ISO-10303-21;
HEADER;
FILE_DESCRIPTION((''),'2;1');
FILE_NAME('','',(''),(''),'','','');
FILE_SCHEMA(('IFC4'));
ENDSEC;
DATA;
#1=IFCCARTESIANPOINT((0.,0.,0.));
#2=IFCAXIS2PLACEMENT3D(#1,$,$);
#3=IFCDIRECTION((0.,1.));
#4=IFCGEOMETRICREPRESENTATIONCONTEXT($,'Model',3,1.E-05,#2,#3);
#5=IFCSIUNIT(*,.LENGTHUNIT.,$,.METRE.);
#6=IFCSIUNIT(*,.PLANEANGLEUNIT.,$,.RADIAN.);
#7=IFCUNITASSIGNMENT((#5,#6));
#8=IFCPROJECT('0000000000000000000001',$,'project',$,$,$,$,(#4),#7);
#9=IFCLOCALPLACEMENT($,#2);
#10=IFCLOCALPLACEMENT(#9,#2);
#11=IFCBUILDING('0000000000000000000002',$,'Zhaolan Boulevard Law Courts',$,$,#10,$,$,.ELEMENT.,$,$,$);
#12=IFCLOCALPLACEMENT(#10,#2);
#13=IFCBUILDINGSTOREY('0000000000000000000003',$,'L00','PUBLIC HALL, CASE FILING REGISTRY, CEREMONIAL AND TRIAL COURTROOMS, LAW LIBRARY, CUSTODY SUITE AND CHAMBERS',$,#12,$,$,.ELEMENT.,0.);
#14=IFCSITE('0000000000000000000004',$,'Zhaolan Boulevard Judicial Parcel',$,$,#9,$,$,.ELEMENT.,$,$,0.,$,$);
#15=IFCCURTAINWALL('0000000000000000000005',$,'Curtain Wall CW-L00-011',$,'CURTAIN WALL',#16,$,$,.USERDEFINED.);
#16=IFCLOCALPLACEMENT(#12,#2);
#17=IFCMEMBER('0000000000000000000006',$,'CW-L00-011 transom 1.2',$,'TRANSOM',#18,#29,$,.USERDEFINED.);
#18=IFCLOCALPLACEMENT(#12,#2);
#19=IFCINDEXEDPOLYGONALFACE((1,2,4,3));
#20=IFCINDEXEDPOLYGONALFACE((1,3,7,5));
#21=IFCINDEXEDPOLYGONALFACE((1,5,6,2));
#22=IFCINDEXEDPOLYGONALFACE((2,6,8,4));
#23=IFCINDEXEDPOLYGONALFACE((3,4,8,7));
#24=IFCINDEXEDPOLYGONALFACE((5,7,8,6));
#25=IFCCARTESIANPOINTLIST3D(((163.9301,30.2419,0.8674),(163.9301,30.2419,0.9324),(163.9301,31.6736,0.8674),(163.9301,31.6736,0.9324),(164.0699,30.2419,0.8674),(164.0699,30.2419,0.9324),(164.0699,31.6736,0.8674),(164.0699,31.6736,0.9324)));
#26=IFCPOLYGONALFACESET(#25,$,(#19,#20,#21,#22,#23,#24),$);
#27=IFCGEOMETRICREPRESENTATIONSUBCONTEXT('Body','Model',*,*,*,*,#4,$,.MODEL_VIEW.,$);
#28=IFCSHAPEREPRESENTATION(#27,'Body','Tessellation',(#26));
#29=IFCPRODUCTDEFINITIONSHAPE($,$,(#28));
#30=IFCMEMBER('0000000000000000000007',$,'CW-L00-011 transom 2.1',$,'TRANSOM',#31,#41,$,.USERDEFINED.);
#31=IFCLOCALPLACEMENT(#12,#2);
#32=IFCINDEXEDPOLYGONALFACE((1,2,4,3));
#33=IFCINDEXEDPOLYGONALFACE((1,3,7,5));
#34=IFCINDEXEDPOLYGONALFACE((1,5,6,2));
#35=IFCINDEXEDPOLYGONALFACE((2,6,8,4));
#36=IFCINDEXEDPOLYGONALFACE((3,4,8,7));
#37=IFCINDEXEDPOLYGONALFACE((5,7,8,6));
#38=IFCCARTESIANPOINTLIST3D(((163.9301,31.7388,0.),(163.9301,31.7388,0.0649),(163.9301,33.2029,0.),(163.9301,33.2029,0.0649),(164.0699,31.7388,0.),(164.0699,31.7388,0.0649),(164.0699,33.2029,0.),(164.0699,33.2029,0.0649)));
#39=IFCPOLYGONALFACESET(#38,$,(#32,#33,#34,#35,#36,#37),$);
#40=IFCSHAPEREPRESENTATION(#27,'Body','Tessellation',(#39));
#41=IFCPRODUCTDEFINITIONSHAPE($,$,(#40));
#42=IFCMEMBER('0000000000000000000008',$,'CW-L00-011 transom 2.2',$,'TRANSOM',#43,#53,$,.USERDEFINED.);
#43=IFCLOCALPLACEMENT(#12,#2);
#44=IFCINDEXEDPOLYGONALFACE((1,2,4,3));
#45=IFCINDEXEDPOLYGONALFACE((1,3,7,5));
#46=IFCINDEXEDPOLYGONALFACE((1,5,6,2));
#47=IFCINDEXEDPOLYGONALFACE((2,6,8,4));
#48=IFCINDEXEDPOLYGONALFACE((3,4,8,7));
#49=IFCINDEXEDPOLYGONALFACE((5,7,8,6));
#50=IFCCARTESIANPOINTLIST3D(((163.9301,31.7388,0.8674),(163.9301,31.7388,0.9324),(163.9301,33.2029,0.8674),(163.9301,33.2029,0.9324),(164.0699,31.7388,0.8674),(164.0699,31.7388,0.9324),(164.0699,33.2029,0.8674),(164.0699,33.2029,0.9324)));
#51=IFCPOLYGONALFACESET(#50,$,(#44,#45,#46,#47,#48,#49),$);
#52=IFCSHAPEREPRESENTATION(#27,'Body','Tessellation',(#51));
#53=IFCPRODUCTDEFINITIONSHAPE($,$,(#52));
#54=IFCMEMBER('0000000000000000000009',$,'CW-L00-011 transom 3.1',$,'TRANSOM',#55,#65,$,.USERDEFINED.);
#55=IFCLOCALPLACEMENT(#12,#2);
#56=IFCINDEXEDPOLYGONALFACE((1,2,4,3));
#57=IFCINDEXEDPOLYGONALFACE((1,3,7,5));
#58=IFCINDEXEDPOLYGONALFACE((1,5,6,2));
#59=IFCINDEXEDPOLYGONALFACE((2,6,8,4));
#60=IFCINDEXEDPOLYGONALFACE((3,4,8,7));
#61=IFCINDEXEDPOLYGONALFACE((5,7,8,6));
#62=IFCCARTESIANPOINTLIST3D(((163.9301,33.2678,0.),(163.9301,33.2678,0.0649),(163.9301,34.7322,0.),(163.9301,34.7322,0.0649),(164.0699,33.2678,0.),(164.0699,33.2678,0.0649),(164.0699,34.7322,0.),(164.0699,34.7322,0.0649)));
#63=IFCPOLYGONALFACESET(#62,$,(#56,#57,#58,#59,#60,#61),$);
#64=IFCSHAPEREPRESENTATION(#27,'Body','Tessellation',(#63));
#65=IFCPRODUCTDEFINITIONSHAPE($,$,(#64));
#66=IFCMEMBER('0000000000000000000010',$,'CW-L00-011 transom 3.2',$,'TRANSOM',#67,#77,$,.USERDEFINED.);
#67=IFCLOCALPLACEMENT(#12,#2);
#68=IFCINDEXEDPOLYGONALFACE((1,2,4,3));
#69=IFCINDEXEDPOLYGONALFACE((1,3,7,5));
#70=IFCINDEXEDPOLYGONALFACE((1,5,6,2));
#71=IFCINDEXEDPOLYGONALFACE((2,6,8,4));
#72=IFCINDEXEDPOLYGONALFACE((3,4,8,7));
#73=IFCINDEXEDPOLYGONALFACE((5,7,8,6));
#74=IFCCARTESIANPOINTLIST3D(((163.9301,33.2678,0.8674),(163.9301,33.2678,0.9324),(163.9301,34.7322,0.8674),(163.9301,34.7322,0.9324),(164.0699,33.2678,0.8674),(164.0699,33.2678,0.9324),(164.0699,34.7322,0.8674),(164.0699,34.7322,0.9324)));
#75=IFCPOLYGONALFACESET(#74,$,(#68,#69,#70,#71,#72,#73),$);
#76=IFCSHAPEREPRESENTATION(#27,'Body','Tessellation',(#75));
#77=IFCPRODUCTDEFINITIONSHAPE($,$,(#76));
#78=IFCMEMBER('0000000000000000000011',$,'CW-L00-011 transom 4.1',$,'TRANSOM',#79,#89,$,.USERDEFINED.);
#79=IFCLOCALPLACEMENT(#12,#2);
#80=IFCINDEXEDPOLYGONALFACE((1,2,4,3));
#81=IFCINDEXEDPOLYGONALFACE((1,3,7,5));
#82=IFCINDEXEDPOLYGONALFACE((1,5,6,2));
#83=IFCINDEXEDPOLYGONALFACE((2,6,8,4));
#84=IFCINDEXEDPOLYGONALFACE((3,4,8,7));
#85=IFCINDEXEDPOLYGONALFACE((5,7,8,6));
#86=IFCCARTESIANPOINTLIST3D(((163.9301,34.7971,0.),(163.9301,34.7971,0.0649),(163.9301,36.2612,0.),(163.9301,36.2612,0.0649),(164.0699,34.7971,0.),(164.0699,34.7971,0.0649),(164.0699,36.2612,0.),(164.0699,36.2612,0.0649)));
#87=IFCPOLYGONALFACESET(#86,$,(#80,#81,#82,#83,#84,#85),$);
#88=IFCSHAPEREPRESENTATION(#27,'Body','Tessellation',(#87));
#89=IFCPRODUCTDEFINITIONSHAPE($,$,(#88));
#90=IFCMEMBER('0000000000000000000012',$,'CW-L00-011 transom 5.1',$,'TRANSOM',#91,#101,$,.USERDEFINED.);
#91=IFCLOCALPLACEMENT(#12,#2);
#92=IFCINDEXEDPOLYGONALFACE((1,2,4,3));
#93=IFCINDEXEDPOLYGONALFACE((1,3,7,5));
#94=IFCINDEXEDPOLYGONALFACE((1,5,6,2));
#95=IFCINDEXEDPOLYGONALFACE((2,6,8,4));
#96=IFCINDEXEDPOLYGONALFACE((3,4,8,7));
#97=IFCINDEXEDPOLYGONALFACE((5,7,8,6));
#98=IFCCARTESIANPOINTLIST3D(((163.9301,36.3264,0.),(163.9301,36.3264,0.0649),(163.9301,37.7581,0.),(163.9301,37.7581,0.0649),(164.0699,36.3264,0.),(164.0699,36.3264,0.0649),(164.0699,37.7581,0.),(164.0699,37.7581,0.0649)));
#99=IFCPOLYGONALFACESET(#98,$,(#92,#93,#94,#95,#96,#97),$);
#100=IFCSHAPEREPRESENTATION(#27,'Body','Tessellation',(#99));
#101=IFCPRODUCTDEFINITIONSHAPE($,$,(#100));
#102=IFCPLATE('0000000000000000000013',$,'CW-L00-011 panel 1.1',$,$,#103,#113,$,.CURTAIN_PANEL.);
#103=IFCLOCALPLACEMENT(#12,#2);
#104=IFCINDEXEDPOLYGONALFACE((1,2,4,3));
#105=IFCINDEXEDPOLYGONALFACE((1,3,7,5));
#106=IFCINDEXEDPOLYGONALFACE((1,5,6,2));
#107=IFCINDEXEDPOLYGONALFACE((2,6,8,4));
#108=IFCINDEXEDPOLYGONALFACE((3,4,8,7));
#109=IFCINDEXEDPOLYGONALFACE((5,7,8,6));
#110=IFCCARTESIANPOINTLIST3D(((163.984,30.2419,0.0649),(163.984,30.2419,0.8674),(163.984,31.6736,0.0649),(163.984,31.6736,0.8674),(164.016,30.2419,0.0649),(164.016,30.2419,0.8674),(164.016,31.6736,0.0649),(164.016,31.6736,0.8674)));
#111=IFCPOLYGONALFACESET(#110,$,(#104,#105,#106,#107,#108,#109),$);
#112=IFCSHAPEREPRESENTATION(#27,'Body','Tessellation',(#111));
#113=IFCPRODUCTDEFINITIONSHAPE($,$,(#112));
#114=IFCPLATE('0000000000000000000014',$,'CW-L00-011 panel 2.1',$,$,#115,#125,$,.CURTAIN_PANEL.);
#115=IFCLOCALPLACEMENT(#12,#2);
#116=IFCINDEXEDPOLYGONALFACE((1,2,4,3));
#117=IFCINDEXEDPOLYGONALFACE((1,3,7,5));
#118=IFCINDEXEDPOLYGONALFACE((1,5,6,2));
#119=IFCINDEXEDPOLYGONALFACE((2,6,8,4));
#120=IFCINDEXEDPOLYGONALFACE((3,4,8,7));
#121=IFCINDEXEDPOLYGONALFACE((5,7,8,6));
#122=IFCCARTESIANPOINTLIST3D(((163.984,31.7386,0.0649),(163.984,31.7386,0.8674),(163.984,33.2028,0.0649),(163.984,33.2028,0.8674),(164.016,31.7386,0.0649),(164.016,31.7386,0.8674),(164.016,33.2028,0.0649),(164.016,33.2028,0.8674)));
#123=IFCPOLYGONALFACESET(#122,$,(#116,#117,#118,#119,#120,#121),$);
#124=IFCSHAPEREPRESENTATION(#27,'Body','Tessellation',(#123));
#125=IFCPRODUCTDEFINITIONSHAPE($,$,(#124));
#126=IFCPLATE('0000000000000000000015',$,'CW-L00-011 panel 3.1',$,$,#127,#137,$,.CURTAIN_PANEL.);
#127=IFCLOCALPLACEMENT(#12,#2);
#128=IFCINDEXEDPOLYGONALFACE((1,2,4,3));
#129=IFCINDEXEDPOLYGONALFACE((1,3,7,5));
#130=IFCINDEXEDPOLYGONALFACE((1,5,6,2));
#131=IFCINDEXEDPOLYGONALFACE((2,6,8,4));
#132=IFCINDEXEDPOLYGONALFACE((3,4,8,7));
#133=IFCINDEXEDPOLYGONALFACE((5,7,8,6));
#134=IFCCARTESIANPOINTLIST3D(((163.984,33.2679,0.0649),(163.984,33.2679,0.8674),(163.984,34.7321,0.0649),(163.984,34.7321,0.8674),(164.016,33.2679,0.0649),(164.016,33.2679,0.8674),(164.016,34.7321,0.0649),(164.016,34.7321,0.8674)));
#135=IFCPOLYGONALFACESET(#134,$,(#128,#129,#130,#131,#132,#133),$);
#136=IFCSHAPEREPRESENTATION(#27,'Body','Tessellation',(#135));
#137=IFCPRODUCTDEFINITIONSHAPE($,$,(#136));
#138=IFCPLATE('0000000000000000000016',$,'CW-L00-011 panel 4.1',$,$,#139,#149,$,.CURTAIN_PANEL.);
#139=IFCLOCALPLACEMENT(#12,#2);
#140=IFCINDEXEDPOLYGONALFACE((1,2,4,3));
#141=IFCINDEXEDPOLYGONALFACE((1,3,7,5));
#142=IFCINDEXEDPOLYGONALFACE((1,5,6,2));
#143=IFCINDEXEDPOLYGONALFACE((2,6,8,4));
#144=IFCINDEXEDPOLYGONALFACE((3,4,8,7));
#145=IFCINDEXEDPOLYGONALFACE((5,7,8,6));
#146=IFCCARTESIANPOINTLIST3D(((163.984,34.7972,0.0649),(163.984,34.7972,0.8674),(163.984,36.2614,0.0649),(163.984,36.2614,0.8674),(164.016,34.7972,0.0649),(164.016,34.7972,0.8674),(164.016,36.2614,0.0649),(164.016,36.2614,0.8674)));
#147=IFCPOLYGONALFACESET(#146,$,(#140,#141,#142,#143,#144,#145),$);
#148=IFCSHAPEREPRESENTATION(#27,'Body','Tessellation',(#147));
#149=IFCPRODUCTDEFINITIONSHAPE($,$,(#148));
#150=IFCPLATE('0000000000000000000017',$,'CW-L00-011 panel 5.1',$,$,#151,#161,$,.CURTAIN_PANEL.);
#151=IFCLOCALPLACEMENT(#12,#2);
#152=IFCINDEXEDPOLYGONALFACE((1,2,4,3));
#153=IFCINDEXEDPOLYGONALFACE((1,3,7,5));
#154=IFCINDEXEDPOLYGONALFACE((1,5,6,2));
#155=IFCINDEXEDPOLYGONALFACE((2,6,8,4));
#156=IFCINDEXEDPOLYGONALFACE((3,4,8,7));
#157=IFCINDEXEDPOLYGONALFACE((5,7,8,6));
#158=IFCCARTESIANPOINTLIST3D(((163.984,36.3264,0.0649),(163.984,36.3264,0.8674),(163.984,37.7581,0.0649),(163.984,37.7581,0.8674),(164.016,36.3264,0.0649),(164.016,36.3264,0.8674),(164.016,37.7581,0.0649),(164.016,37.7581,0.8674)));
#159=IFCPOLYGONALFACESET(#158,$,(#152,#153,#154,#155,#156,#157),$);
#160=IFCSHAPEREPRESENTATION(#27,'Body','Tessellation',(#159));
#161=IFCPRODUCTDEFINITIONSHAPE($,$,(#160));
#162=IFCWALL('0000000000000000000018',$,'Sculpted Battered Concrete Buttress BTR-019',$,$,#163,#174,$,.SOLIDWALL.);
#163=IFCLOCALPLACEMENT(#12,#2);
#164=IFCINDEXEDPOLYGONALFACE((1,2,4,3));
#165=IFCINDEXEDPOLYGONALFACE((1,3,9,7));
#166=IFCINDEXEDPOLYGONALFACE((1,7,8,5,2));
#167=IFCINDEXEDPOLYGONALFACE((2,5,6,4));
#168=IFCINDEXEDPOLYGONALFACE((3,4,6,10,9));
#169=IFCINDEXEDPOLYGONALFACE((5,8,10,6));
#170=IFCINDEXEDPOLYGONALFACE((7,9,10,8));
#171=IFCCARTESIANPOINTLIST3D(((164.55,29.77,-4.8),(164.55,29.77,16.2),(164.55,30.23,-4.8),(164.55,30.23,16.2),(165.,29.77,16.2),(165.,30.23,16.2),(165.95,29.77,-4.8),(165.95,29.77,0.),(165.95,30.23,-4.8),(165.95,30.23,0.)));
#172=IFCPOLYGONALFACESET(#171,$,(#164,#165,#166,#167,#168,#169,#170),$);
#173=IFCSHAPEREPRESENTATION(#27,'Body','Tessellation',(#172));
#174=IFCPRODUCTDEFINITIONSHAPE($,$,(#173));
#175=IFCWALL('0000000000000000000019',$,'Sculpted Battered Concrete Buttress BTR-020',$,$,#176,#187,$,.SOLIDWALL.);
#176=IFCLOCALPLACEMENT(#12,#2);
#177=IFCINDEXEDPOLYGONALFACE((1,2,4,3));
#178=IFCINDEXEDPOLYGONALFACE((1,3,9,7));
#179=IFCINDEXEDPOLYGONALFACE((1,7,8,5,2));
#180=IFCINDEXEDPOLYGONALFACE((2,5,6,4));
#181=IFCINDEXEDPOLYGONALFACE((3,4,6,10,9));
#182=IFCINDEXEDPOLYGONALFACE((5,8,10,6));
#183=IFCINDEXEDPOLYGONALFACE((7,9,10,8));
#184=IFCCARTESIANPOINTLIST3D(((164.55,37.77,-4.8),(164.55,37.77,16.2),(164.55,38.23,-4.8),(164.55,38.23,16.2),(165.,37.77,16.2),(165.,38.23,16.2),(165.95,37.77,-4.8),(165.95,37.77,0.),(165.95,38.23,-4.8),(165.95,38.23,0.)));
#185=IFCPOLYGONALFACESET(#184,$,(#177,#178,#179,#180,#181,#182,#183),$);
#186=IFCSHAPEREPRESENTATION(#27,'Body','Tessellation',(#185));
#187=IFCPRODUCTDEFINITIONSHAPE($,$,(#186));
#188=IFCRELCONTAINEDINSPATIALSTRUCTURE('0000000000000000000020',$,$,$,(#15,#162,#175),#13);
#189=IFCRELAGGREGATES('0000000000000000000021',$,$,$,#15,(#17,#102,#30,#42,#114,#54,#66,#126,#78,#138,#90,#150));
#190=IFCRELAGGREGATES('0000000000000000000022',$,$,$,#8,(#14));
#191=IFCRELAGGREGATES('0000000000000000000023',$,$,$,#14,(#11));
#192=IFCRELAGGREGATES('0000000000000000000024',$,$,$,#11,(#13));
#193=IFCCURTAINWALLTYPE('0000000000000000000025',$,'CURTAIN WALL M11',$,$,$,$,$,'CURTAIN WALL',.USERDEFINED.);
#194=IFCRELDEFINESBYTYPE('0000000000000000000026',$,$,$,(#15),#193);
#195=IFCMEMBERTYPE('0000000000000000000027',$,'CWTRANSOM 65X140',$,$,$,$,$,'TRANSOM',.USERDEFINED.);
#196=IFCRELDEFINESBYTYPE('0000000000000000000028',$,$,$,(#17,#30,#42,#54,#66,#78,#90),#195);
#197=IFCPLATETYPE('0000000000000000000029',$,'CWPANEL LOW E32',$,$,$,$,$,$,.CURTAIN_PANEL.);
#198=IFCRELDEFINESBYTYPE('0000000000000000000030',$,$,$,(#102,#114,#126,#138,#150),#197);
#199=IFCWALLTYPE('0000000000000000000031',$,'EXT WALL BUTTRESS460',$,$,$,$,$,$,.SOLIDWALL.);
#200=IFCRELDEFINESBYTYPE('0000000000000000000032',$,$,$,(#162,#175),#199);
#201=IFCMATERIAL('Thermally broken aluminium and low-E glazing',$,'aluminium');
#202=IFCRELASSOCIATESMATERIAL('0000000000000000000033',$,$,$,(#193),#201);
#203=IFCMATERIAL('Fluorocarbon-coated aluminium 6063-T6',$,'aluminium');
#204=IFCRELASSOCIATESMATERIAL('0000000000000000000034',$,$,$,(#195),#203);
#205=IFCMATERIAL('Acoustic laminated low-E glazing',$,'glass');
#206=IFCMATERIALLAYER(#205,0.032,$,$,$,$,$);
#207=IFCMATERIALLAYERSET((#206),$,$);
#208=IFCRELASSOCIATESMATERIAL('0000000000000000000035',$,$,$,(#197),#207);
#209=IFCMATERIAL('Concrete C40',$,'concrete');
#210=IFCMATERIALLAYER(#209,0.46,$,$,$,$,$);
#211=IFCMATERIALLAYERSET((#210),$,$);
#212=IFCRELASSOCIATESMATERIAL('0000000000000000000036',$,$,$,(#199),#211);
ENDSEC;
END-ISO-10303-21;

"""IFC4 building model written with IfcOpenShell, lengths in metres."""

from ifc_helpers import new_model, si_unit, direction, frame, origin, origin_2d, place, context, subcontext, project, spatial, polyline, rectangle, outline, extrude, material, layer, layer_set, material_profile, profile_set, type_object, element, aggregate, save


model = new_model("IFC4")

# Units and contexts
model_context = context("Model", 3, precision=1e-05, world=origin(), true_north=direction((0.0, 1.0)))
body_context = subcontext(model_context, "Body", "Model", "MODEL_VIEW")
ifc_project = project(units=[si_unit("LENGTHUNIT", "METRE"), si_unit("PLANEANGLEUNIT", "RADIAN")], contexts=[model_context])

# Site, building, storey
site_placement = place(None, origin())
site = spatial("IfcSite", under=ifc_project, at=site_placement, Name="Zhaolan Boulevard Judicial Parcel", CompositionType="ELEMENT", RefElevation=0.0)
building_placement = place(site_placement, origin())
building = spatial("IfcBuilding", under=site, at=building_placement, Name="Zhaolan Boulevard Law Courts", CompositionType="ELEMENT")
storey_placement = place(building_placement, origin())
storey = spatial("IfcBuildingStorey", under=building, at=storey_placement, Name="L00", Description="PUBLIC HALL, CASE FILING REGISTRY, CEREMONIAL AND TRIAL COURTROOMS, LAW LIBRARY, CUSTODY SUITE AND CHAMBERS", CompositionType="ELEMENT", Elevation=0.0)

# Curtain wall, members, plates
ifc_material_1 = material(Name="Thermally broken aluminium and low-E glazing", Category="aluminium")
curtain_wall_type = type_object("IfcCurtainWallType", Name="CURTAIN WALL M11", ElementType="CURTAIN WALL", PredefinedType="USERDEFINED", material=ifc_material_1)
curtain_wall_placement = place(storey_placement, origin())
curtain_wall = element("IfcCurtainWall", 1, at=curtain_wall_placement, inside=storey, type_object=curtain_wall_type, Name="Curtain Wall CW-L00-011", ObjectType="CURTAIN WALL", PredefinedType="USERDEFINED")
ifc_material_2 = material(Name="Fluorocarbon-coated aluminium 6063-T6", Category="aluminium")
ifc_material_profile_1 = material_profile(ifc_material_2, rectangle(XDim=0.1399, YDim=0.0649, at=origin_2d()), Name="AL65x140")
ifc_profile_set_1 = profile_set([ifc_material_profile_1], Name="Fluorocarbon-coated aluminium 6063-T6")
member_type_1 = type_object("IfcMemberType", Name="CWTRANSOM 65X140", ElementType="TRANSOM", PredefinedType="USERDEFINED", material=ifc_profile_set_1)
member_1_placement = place(storey_placement, frame((164.0, 30.2419, 0.8999), z_axis=(0.0, 1.0, 0.0), x_axis=(-1.0, 0.0, 0.0)))
member_1 = element("IfcMember", 2, at=member_1_placement, type_object=member_type_1, Name="CW-L00-011 transom 1.2", ObjectType="TRANSOM", PredefinedType="USERDEFINED", context=body_context, shape_type="SweptSolid", body=[
    extrude(rectangle(XDim=0.1399, YDim=0.0649, at=origin_2d()), origin(), (0.0, 0.0, 1.0), 1.4316),
])
member_2_placement = place(storey_placement, frame((164.0, 31.7388, 0.0325), z_axis=(0.0, 1.0, 0.0), x_axis=(-1.0, 0.0, 0.0)))
member_2 = element("IfcMember", 3, at=member_2_placement, type_object=member_type_1, Name="CW-L00-011 transom 2.1", ObjectType="TRANSOM", PredefinedType="USERDEFINED", context=body_context, shape_type="SweptSolid", body=[
    extrude(rectangle(XDim=0.1399, YDim=0.0649, at=origin_2d()), origin(), (0.0, 0.0, 1.0), 1.4641),
])
member_3_placement = place(storey_placement, frame((164.0, 31.7388, 0.8999), z_axis=(0.0, 1.0, 0.0), x_axis=(-1.0, 0.0, 0.0)))
member_3 = element("IfcMember", 4, at=member_3_placement, type_object=member_type_1, Name="CW-L00-011 transom 2.2", ObjectType="TRANSOM", PredefinedType="USERDEFINED", context=body_context, shape_type="SweptSolid", body=[
    extrude(rectangle(XDim=0.1399, YDim=0.0649, at=origin_2d()), origin(), (0.0, 0.0, 1.0), 1.4641),
])
member_4_placement = place(storey_placement, frame((164.0, 33.2678, 0.0325), z_axis=(0.0, 1.0, 0.0), x_axis=(-1.0, 0.0, 0.0)))
member_4 = element("IfcMember", 5, at=member_4_placement, type_object=member_type_1, Name="CW-L00-011 transom 3.1", ObjectType="TRANSOM", PredefinedType="USERDEFINED", context=body_context, shape_type="SweptSolid", body=[
    extrude(rectangle(XDim=0.1399, YDim=0.0649, at=origin_2d()), origin(), (0.0, 0.0, 1.0), 1.4644),
])
member_5_placement = place(storey_placement, frame((164.0, 33.2678, 0.8999), z_axis=(0.0, 1.0, 0.0), x_axis=(-1.0, 0.0, 0.0)))
member_5 = element("IfcMember", 6, at=member_5_placement, type_object=member_type_1, Name="CW-L00-011 transom 3.2", ObjectType="TRANSOM", PredefinedType="USERDEFINED", context=body_context, shape_type="SweptSolid", body=[
    extrude(rectangle(XDim=0.1399, YDim=0.0649, at=origin_2d()), origin(), (0.0, 0.0, 1.0), 1.4644),
])
member_6_placement = place(storey_placement, frame((164.0, 34.7971, 0.0325), z_axis=(0.0, 1.0, 0.0), x_axis=(-1.0, 0.0, 0.0)))
member_6 = element("IfcMember", 7, at=member_6_placement, type_object=member_type_1, Name="CW-L00-011 transom 4.1", ObjectType="TRANSOM", PredefinedType="USERDEFINED", context=body_context, shape_type="SweptSolid", body=[
    extrude(rectangle(XDim=0.1399, YDim=0.0649, at=origin_2d()), origin(), (0.0, 0.0, 1.0), 1.4641),
])
member_7_placement = place(storey_placement, frame((164.0, 36.3264, 0.0325), z_axis=(0.0, 1.0, 0.0), x_axis=(-1.0, 0.0, 0.0)))
member_7 = element("IfcMember", 8, at=member_7_placement, type_object=member_type_1, Name="CW-L00-011 transom 5.1", ObjectType="TRANSOM", PredefinedType="USERDEFINED", context=body_context, shape_type="SweptSolid", body=[
    extrude(rectangle(XDim=0.1399, YDim=0.0649, at=origin_2d()), origin(), (0.0, 0.0, 1.0), 1.4316),
])
ifc_material_3 = material(Name="Acoustic laminated low-E glazing", Category="glass")
ifc_layer_1 = layer(ifc_material_3, 0.032)
ifc_layer_set_1 = layer_set([ifc_layer_1])
plate_type = type_object("IfcPlateType", Name="CWPANEL LOW E32", PredefinedType="CURTAIN_PANEL", material=ifc_layer_set_1)
plate_1_placement = place(storey_placement, frame((164.0, 30.9578, 0.0649), z_axis=(0.0, 0.0, 1.0), x_axis=(0.0, 1.0, 0.0)))
plate_1 = element("IfcPlate", 9, at=plate_1_placement, type_object=plate_type, Name="CW-L00-011 panel 1.1", PredefinedType="CURTAIN_PANEL", context=body_context, shape_type="SweptSolid", body=[
    extrude(rectangle(XDim=1.4316, YDim=0.032, at=origin_2d()), origin(), (0.0, 0.0, 1.0), 0.8025),
])
plate_2_placement = place(storey_placement, frame((164.0, 32.4707, 0.0649), z_axis=(0.0, 0.0, 1.0), x_axis=(0.0, 1.0, 0.0)))
plate_2 = element("IfcPlate", 10, at=plate_2_placement, type_object=plate_type, Name="CW-L00-011 panel 2.1", PredefinedType="CURTAIN_PANEL", context=body_context, shape_type="SweptSolid", body=[
    extrude(rectangle(XDim=1.4641, YDim=0.032, at=origin_2d()), origin(), (0.0, 0.0, 1.0), 0.8025),
])
plate_3_placement = place(storey_placement, frame((164.0, 34.0, 0.0649), z_axis=(0.0, 0.0, 1.0), x_axis=(0.0, 1.0, 0.0)))
plate_3 = element("IfcPlate", 11, at=plate_3_placement, type_object=plate_type, Name="CW-L00-011 panel 3.1", PredefinedType="CURTAIN_PANEL", context=body_context, shape_type="SweptSolid", body=[
    extrude(rectangle(XDim=1.4641, YDim=0.032, at=origin_2d()), origin(), (0.0, 0.0, 1.0), 0.8025),
])
plate_4_placement = place(storey_placement, frame((164.0, 35.5293, 0.0649), z_axis=(0.0, 0.0, 1.0), x_axis=(0.0, 1.0, 0.0)))
plate_4 = element("IfcPlate", 12, at=plate_4_placement, type_object=plate_type, Name="CW-L00-011 panel 4.1", PredefinedType="CURTAIN_PANEL", context=body_context, shape_type="SweptSolid", body=[
    extrude(rectangle(XDim=1.4641, YDim=0.032, at=origin_2d()), origin(), (0.0, 0.0, 1.0), 0.8025),
])
plate_5_placement = place(storey_placement, frame((164.0, 37.0422, 0.0649), z_axis=(0.0, 0.0, 1.0), x_axis=(0.0, 1.0, 0.0)))
plate_5 = element("IfcPlate", 13, at=plate_5_placement, type_object=plate_type, Name="CW-L00-011 panel 5.1", PredefinedType="CURTAIN_PANEL", context=body_context, shape_type="SweptSolid", body=[
    extrude(rectangle(XDim=1.4316, YDim=0.032, at=origin_2d()), origin(), (0.0, 0.0, 1.0), 0.8025),
])
aggregate(curtain_wall, [member_1, plate_1, member_2, member_3, plate_2, member_4, member_5, plate_3, member_6, plate_4, member_7, plate_5])

# Walls
ifc_material_4 = material(Name="Concrete C40", Category="concrete")
ifc_layer_2 = layer(ifc_material_4, 0.46)
ifc_layer_set_2 = layer_set([ifc_layer_2])
wall_type_1 = type_object("IfcWallType", Name="EXT WALL BUTTRESS460", PredefinedType="SOLIDWALL", material=ifc_layer_set_2)
for number, where, z_axis, x_axis, name in (
    (14, (164.55, 30.0, -4.8), (0.0, 0.0, 1.0), (1.0, 0.0, 0.0), "Sculpted Battered Concrete Buttress BTR-019"),
    (15, (164.55, 38.0, -4.8), (0.0, 0.0, 1.0), (1.0, 0.0, 0.0), "Sculpted Battered Concrete Buttress BTR-020"),
):
    element("IfcWall", number, at=place(storey_placement, frame(where, z_axis=z_axis, x_axis=x_axis)), inside=storey, type_object=wall_type_1, Name=name, PredefinedType="SOLIDWALL", context=body_context, shape_type="SweptSolid", body=[
        extrude(outline(polyline([(0.0, 0.0), (1.3999, 0.0), (1.3999, 4.8), (0.45, 21.0), (0.0, 21.0), (0.0, 0.0)])), frame((0.0, 0.23, 0.0), z_axis=(0.0, -1.0, 0.0), x_axis=(1.0, 0.0, 0.0)), (0.0, 0.0, 1.0), 0.46),
    ])

save(model, "model.ifc")
